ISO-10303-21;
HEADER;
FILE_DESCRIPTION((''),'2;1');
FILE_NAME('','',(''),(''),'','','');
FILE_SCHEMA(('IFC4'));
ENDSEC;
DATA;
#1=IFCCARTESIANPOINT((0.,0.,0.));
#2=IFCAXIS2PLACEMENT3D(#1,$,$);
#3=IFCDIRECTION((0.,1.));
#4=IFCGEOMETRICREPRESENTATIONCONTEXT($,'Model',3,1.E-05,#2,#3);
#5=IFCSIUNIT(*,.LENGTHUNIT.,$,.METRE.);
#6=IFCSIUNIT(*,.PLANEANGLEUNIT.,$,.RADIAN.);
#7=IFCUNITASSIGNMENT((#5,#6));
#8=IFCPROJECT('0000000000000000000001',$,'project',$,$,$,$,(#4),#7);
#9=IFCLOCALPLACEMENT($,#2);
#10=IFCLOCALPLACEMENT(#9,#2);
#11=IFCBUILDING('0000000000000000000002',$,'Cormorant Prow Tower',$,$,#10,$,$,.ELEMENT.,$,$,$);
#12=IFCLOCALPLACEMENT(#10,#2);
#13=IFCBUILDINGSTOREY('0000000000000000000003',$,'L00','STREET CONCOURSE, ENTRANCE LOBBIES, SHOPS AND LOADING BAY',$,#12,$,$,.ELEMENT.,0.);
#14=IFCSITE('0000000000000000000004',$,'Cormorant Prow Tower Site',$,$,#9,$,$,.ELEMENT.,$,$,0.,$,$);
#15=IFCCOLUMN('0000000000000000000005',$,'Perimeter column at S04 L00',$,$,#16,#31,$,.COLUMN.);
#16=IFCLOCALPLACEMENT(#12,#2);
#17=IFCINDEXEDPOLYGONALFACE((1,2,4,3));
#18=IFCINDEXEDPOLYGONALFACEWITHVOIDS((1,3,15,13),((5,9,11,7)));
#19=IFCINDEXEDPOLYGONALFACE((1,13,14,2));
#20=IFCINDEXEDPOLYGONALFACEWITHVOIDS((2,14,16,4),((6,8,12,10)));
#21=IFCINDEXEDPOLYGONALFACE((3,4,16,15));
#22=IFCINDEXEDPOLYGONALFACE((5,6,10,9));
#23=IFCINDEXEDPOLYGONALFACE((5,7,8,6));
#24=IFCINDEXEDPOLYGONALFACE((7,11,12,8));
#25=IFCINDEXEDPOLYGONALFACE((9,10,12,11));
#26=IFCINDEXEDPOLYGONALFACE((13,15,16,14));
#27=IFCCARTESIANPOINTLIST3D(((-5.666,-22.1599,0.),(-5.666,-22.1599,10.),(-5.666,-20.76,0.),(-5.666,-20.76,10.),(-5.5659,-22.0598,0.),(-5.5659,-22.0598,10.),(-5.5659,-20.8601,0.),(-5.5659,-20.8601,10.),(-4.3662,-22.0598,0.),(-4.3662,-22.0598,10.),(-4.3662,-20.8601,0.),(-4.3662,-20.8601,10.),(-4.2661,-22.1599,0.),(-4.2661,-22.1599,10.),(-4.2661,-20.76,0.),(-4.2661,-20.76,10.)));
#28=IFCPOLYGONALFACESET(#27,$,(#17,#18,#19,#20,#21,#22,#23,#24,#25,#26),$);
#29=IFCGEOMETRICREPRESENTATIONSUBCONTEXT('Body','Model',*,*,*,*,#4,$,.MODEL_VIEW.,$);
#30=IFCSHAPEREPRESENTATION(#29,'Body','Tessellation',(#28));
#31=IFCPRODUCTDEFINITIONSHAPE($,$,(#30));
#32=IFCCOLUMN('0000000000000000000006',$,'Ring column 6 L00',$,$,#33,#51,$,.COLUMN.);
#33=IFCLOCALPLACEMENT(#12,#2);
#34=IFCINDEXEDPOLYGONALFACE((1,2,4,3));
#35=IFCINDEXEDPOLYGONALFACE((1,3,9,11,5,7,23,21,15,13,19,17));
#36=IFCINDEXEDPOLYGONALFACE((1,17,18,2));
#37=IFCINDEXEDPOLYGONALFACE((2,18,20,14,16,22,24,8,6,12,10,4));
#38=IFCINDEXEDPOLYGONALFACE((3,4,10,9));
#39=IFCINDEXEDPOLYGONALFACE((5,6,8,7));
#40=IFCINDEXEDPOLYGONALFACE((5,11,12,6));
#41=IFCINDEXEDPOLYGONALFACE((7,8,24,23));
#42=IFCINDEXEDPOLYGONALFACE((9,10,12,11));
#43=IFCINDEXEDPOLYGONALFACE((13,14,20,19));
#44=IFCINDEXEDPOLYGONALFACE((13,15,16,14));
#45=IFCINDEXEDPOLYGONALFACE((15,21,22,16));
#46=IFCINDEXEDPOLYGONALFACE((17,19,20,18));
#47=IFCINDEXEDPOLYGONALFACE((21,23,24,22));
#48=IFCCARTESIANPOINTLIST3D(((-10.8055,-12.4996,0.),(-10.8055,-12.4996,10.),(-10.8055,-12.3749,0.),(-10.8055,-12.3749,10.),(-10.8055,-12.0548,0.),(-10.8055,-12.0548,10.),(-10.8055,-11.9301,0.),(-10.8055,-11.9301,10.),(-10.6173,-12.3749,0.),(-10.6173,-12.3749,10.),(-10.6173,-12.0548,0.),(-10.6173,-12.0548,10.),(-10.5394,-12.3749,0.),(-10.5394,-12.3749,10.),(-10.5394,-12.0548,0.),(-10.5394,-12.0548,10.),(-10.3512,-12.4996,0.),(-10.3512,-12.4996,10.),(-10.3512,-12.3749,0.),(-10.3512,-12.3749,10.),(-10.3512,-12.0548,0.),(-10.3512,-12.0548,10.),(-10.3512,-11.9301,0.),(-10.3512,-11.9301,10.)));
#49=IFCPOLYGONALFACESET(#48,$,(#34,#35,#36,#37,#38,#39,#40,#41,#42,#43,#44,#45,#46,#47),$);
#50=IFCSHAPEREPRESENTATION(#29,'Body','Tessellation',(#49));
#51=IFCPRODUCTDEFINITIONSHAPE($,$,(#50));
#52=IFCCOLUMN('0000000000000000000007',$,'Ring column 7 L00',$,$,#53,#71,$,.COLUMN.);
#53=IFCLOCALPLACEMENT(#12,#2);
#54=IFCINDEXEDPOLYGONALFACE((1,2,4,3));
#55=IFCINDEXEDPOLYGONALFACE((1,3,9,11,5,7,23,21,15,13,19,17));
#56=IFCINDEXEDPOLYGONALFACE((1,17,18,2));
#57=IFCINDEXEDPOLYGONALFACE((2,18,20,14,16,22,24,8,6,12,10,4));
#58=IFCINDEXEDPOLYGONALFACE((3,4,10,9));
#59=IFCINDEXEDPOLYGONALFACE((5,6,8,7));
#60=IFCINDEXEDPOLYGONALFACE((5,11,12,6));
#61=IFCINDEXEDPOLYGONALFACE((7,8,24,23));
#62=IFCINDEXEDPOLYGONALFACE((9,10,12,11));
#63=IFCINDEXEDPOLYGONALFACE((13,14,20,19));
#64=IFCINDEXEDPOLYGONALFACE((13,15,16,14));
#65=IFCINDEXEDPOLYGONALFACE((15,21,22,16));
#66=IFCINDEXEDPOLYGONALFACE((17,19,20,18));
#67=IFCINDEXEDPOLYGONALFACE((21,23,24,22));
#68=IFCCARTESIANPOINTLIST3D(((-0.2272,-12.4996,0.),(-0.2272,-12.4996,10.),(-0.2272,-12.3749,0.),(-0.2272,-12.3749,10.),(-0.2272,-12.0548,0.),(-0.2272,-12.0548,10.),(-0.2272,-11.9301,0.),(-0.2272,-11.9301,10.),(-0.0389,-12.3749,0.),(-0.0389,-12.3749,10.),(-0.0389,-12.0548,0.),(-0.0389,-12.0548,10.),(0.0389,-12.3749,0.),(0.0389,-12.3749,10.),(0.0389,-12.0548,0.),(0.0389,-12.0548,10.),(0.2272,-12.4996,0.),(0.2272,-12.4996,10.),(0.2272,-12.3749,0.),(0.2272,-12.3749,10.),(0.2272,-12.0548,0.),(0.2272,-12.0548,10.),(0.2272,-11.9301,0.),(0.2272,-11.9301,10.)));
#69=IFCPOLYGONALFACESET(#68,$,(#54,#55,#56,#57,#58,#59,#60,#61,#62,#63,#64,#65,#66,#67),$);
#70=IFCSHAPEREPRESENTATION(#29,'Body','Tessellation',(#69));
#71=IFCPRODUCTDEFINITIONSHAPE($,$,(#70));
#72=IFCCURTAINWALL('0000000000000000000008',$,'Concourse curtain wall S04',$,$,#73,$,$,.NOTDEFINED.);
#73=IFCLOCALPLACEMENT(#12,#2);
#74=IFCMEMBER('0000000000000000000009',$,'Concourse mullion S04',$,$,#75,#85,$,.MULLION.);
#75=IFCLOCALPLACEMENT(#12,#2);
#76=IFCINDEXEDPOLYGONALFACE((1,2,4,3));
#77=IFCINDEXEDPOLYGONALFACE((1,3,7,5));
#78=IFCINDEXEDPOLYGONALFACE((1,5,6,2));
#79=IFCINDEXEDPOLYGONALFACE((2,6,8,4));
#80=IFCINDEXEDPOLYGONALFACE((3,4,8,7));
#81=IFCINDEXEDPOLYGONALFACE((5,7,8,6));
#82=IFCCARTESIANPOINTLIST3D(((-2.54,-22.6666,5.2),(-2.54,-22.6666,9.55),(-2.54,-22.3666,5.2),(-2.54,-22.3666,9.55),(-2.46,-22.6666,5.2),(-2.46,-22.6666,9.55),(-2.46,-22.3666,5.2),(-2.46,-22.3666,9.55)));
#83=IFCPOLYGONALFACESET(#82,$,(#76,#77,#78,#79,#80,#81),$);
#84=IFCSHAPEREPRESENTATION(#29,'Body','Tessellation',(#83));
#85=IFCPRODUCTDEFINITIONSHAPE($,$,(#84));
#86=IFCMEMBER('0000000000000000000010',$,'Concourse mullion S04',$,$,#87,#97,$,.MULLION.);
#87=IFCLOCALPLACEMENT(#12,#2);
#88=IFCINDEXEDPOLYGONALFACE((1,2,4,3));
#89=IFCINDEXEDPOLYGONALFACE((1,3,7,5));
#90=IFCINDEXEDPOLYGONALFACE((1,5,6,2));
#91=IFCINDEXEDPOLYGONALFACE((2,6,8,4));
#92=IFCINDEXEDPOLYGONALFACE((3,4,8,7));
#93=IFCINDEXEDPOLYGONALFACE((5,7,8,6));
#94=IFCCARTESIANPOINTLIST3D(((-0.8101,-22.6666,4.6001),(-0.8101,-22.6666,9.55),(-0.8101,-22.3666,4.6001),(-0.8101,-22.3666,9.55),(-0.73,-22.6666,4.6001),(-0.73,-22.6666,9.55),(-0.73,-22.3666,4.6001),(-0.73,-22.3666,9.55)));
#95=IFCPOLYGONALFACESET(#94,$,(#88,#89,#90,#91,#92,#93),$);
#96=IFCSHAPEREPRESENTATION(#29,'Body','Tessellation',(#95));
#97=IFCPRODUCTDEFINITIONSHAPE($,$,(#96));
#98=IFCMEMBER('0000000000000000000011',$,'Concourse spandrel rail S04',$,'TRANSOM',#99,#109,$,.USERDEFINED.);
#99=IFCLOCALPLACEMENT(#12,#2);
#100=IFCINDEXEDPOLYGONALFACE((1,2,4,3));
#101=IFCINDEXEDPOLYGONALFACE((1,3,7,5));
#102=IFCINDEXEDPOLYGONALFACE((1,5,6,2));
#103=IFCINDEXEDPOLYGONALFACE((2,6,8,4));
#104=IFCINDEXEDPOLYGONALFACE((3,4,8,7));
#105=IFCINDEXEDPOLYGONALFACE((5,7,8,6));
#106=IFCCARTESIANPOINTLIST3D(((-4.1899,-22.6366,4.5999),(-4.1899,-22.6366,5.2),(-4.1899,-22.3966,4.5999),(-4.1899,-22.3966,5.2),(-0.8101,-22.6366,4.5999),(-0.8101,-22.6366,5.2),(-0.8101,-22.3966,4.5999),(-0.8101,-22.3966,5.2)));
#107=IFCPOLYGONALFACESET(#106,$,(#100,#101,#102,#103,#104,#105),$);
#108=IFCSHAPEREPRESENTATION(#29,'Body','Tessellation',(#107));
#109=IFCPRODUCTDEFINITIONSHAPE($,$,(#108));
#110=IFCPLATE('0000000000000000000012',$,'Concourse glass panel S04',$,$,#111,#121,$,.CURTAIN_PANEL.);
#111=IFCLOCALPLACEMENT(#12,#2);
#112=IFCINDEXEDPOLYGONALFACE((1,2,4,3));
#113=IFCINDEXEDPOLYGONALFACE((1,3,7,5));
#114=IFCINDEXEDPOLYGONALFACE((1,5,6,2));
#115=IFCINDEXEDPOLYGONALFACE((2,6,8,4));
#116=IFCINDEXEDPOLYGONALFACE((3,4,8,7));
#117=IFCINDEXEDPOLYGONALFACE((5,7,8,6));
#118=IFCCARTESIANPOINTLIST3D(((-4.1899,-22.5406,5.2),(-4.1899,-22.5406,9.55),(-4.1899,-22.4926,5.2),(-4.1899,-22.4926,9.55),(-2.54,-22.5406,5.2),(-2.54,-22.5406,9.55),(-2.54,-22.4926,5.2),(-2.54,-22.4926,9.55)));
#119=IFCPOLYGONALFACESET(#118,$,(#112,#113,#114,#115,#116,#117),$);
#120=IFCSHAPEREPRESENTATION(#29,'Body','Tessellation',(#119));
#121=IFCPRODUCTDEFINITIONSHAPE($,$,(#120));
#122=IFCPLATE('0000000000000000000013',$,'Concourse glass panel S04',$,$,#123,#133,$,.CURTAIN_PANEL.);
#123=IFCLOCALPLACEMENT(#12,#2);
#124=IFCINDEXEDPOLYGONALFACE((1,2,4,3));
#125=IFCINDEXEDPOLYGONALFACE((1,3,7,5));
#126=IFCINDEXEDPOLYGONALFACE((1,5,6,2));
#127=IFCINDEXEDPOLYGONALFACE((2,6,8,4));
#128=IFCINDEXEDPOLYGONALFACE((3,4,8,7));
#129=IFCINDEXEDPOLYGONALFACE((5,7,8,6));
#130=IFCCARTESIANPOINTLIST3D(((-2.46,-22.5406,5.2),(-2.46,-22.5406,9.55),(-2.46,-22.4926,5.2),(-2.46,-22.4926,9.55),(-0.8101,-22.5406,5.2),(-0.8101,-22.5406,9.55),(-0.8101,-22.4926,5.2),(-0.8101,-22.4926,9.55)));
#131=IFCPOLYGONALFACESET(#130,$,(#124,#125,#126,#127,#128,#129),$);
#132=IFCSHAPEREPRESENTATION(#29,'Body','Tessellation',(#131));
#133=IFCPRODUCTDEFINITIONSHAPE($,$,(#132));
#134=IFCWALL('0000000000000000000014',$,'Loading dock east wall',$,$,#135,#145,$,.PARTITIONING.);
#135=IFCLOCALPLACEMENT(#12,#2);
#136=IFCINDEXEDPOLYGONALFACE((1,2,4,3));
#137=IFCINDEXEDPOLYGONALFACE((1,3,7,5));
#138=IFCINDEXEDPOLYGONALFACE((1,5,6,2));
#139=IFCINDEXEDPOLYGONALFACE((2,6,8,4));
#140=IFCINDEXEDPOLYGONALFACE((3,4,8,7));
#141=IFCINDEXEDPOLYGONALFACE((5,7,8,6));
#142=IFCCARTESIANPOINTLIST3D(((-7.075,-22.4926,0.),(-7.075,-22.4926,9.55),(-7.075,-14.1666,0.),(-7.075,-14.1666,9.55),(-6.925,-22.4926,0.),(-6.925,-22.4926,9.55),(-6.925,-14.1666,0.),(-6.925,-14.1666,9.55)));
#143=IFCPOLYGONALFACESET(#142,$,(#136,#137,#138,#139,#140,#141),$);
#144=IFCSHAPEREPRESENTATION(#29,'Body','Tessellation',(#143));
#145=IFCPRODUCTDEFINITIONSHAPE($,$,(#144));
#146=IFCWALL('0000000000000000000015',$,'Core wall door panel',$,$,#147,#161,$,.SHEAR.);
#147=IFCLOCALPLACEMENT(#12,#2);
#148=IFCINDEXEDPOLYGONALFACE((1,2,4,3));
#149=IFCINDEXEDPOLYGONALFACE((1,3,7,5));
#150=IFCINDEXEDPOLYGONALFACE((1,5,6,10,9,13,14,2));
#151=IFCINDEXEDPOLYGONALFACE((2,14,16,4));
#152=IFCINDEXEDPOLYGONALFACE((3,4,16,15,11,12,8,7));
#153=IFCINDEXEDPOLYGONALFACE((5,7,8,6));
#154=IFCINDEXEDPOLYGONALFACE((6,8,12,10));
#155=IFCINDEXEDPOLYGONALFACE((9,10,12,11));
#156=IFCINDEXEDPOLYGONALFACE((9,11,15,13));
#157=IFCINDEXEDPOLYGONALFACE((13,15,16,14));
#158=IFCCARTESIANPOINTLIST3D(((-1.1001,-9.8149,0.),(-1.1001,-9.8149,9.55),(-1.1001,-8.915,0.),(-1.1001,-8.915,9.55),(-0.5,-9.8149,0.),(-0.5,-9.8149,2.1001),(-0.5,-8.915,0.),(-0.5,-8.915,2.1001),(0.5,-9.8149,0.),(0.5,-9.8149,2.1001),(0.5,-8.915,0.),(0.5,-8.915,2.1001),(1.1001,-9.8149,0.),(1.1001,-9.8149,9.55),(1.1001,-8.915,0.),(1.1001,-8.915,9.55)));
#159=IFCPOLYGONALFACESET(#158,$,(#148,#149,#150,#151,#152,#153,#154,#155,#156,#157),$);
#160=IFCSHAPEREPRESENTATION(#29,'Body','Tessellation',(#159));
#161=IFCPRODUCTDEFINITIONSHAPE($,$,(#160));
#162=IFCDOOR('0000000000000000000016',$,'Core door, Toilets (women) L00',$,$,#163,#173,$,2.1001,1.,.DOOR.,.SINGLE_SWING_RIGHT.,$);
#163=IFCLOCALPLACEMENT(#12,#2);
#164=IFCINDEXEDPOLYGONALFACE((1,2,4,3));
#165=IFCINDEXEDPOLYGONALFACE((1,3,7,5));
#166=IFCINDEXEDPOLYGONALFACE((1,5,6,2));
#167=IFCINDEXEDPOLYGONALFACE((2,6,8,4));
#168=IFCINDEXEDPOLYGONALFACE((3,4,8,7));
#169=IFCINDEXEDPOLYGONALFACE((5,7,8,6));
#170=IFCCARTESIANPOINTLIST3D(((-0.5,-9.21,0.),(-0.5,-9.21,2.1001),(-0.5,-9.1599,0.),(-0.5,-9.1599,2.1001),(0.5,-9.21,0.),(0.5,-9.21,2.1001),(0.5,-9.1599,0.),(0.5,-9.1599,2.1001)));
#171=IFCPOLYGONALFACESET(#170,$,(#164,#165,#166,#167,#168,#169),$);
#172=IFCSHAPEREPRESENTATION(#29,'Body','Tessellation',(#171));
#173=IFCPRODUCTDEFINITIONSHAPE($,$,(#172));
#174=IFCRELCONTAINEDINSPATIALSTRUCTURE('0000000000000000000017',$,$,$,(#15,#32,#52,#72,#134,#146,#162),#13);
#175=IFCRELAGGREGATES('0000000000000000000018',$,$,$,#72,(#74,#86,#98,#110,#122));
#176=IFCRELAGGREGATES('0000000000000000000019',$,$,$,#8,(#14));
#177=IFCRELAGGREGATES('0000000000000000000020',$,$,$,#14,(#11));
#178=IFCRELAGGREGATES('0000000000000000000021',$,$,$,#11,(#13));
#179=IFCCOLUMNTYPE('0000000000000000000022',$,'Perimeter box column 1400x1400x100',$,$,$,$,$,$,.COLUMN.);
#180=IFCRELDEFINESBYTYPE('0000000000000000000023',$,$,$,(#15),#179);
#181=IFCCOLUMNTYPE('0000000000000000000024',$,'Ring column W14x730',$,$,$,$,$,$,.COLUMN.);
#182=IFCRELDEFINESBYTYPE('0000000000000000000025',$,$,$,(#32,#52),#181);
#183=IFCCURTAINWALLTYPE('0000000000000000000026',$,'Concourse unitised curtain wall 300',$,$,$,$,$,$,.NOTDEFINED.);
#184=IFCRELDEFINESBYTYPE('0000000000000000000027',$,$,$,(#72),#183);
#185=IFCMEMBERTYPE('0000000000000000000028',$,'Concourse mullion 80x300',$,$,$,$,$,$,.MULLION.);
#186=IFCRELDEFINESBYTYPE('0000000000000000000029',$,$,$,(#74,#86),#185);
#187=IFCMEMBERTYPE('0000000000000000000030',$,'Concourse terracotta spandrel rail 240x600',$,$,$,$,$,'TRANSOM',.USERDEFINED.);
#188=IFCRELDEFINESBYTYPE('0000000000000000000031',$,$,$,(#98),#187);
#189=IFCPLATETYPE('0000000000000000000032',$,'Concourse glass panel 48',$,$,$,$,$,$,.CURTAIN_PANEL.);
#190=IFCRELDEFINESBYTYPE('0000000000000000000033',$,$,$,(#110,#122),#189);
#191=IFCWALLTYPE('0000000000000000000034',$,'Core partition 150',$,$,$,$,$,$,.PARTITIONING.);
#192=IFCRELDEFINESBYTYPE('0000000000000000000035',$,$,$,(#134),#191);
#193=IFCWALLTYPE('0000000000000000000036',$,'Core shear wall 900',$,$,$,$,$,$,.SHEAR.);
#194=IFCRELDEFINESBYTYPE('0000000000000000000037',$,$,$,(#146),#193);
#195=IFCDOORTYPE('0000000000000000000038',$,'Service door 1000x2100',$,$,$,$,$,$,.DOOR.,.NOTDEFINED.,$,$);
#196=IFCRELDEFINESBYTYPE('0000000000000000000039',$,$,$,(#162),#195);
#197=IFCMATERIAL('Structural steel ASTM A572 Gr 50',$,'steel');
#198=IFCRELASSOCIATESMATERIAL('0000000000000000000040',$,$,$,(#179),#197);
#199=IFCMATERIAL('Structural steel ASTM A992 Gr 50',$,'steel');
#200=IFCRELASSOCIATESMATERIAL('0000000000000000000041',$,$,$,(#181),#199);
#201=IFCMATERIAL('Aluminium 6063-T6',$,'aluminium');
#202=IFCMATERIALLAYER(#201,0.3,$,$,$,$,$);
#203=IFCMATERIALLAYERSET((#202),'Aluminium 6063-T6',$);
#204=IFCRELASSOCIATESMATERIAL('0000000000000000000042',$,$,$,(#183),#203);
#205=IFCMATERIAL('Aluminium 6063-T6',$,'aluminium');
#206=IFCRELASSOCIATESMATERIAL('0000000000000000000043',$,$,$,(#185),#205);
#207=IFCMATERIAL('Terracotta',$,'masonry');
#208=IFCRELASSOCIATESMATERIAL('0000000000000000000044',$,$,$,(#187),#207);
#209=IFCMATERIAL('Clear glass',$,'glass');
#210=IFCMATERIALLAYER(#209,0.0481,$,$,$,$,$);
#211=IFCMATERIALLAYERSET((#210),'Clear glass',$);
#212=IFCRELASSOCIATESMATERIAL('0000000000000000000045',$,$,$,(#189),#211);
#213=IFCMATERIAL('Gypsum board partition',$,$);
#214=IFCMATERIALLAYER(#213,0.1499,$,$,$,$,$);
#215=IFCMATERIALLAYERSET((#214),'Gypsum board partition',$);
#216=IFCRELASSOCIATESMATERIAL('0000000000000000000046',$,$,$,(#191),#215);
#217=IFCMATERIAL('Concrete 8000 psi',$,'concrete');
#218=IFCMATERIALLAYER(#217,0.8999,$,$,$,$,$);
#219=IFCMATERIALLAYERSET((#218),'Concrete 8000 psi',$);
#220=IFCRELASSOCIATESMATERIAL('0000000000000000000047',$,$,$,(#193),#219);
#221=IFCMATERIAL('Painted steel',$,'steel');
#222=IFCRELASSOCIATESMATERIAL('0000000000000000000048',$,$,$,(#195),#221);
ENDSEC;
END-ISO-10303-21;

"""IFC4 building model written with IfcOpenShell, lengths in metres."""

from ifc_helpers import new_model, si_unit, direction, frame, frame_2d, origin, origin_2d, place, context, subcontext, project, spatial, rectangle, hollow_rectangle, i_section, extrude, material, layer, layer_set, material_profile, profile_set, type_object, element, fill, aggregate, save


model = new_model("IFC4")

# Units and contexts
model_context = context("Model", 3, precision=1e-05, world=origin(), true_north=direction((0.0, 1.0)))
body_context = subcontext(model_context, "Body", "Model", "MODEL_VIEW")
ifc_project = project(units=[si_unit("LENGTHUNIT", "METRE"), si_unit("PLANEANGLEUNIT", "RADIAN")], contexts=[model_context])

# Site, building, storey
site_placement = place(None, origin())
site = spatial("IfcSite", under=ifc_project, at=site_placement, Name="Cormorant Prow Tower Site", CompositionType="ELEMENT", RefElevation=0.0)
building_placement = place(site_placement, origin())
building = spatial("IfcBuilding", under=site, at=building_placement, Name="Cormorant Prow Tower", CompositionType="ELEMENT")
storey_placement = place(building_placement, origin())
storey = spatial("IfcBuildingStorey", under=building, at=storey_placement, Name="L00", Description="STREET CONCOURSE, ENTRANCE LOBBIES, SHOPS AND LOADING BAY", CompositionType="ELEMENT", Elevation=0.0)

# Columns
ifc_material_1 = material(Name="Structural steel ASTM A572 Gr 50", Category="steel")
ifc_material_profile_1 = material_profile(ifc_material_1, hollow_rectangle(XDim=1.3999, YDim=1.3999, WallThickness=0.1001, at=origin_2d()), Name="Box 1400x1400x100")
ifc_profile_set_1 = profile_set([ifc_material_profile_1], Name="Structural steel ASTM A572 Gr 50")
column_type_1 = type_object("IfcColumnType", Name="Perimeter box column 1400x1400x100", PredefinedType="COLUMN", material=ifc_profile_set_1)
column_placement = place(storey_placement, frame((-4.9661, -21.46, 0.0), z_axis=(0.0, 0.0, 1.0), x_axis=(1.0, 0.0, 0.0)))
element("IfcColumn", 1, at=column_placement, inside=storey, type_object=column_type_1, Name="Perimeter column at S04 L00", PredefinedType="COLUMN", context=body_context, shape_type="SweptSolid", body=[
    extrude(hollow_rectangle(XDim=1.3999, YDim=1.3999, WallThickness=0.1001, at=origin_2d()), origin(), (0.0, 0.0, 1.0), 10.0),
])
ifc_material_2 = material(Name="Structural steel ASTM A992 Gr 50", Category="steel")
ifc_material_profile_2 = material_profile(ifc_material_2, i_section(OverallWidth=0.4543, OverallDepth=0.5696, WebThickness=0.0779, FlangeThickness=0.1248, at=origin_2d()), Name="W14x730")
ifc_profile_set_2 = profile_set([ifc_material_profile_2], Name="Structural steel ASTM A992 Gr 50")
column_type_2 = type_object("IfcColumnType", Name="Ring column W14x730", PredefinedType="COLUMN", material=ifc_profile_set_2)
for number, where, z_axis, x_axis, name in (
    (2, (-10.5784, -12.2148, 0.0), (0.0, 0.0, 1.0), (1.0, 0.0, 0.0), "Ring column 6 L00"),
    (3, (0.0, -12.2148, 0.0), (0.0, 0.0, 1.0), (1.0, 0.0, 0.0), "Ring column 7 L00"),
):
    element("IfcColumn", number, at=place(storey_placement, frame(where, z_axis=z_axis, x_axis=x_axis)), inside=storey, type_object=column_type_2, Name=name, PredefinedType="COLUMN", context=body_context, shape_type="SweptSolid", body=[
        extrude(i_section(OverallWidth=0.4543, OverallDepth=0.5696, WebThickness=0.0779, FlangeThickness=0.1248, at=origin_2d()), origin(), (0.0, 0.0, 1.0), 10.0),
    ])

# Curtain wall, members, plates
ifc_material_3 = material(Name="Aluminium 6063-T6", Category="aluminium")
ifc_layer_1 = layer(ifc_material_3, 0.3)
ifc_layer_set_1 = layer_set([ifc_layer_1], Name="Aluminium 6063-T6")
curtain_wall_type = type_object("IfcCurtainWallType", Name="Concourse unitised curtain wall 300", PredefinedType="NOTDEFINED", material=ifc_layer_set_1)
curtain_wall_placement = place(storey_placement, origin())
curtain_wall = element("IfcCurtainWall", 4, at=curtain_wall_placement, inside=storey, type_object=curtain_wall_type, Name="Concourse curtain wall S04", PredefinedType="NOTDEFINED")
ifc_material_4 = material(Name="Aluminium 6063-T6", Category="aluminium")
ifc_material_profile_3 = material_profile(ifc_material_4, rectangle(XDim=0.3, YDim=0.0801, at=origin_2d()), Name="Concourse mullion 80x300")
ifc_profile_set_3 = profile_set([ifc_material_profile_3], Name="Aluminium 6063-T6")
member_type_1 = type_object("IfcMemberType", Name="Concourse mullion 80x300", PredefinedType="MULLION", material=ifc_profile_set_3)
member_1_placement = place(storey_placement, frame((-2.5, -22.5166, 5.2), z_axis=(0.0, 0.0, 1.0), x_axis=(0.0, 1.0, 0.0)))
member_1 = element("IfcMember", 5, at=member_1_placement, type_object=member_type_1, Name="Concourse mullion S04", PredefinedType="MULLION", context=body_context, shape_type="SweptSolid", body=[
    extrude(rectangle(XDim=0.3, YDim=0.0801, at=origin_2d()), origin(), (0.0, 0.0, 1.0), 4.3501),
])
member_2_placement = place(storey_placement, frame((-0.77, -22.5166, 4.6001), z_axis=(0.0, 0.0, 1.0), x_axis=(0.0, 1.0, 0.0)))
member_2 = element("IfcMember", 6, at=member_2_placement, type_object=member_type_1, Name="Concourse mullion S04", PredefinedType="MULLION", context=body_context, shape_type="SweptSolid", body=[
    extrude(rectangle(XDim=0.3, YDim=0.0801, at=origin_2d()), origin(), (0.0, 0.0, 1.0), 4.95),
])
ifc_material_5 = material(Name="Terracotta", Category="masonry")
ifc_material_profile_4 = material_profile(ifc_material_5, rectangle(XDim=0.24, YDim=0.6001, at=origin_2d()), Name="Concourse terracotta spandrel rail 240x600")
ifc_profile_set_4 = profile_set([ifc_material_profile_4], Name="Terracotta")
member_type_2 = type_object("IfcMemberType", Name="Concourse terracotta spandrel rail 240x600", ElementType="TRANSOM", PredefinedType="USERDEFINED", material=ifc_profile_set_4)
member_3_placement = place(storey_placement, frame((-4.1899, -22.5166, 4.8999), z_axis=(1.0, 0.0, 0.0), x_axis=(0.0, 1.0, 0.0)))
member_3 = element("IfcMember", 7, at=member_3_placement, type_object=member_type_2, Name="Concourse spandrel rail S04", ObjectType="TRANSOM", PredefinedType="USERDEFINED", context=body_context, shape_type="SweptSolid", body=[
    extrude(rectangle(XDim=0.24, YDim=0.6001, at=origin_2d()), origin(), (0.0, 0.0, 1.0), 3.3799),
])
ifc_material_6 = material(Name="Clear glass", Category="glass")
ifc_layer_2 = layer(ifc_material_6, 0.0481)
ifc_layer_set_2 = layer_set([ifc_layer_2], Name="Clear glass")
plate_type = type_object("IfcPlateType", Name="Concourse glass panel 48", PredefinedType="CURTAIN_PANEL", material=ifc_layer_set_2)
plate_1_placement = place(storey_placement, frame((-3.365, -22.5166, 5.2), z_axis=(0.0, 0.0, 1.0), x_axis=(1.0, 0.0, 0.0)))
plate_1 = element("IfcPlate", 8, at=plate_1_placement, type_object=plate_type, Name="Concourse glass panel S04", PredefinedType="CURTAIN_PANEL", context=body_context, shape_type="SweptSolid", body=[
    extrude(rectangle(XDim=1.6499, YDim=0.0481, at=origin_2d()), origin(), (0.0, 0.0, 1.0), 4.3501),
])
plate_2_placement = place(storey_placement, frame((-1.635, -22.5166, 5.2), z_axis=(0.0, 0.0, 1.0), x_axis=(1.0, 0.0, 0.0)))
plate_2 = element("IfcPlate", 9, at=plate_2_placement, type_object=plate_type, Name="Concourse glass panel S04", PredefinedType="CURTAIN_PANEL", context=body_context, shape_type="SweptSolid", body=[
    extrude(rectangle(XDim=1.6499, YDim=0.0481, at=origin_2d()), origin(), (0.0, 0.0, 1.0), 4.3501),
])
aggregate(curtain_wall, [member_1, member_2, member_3, plate_1, plate_2])

# Wall
ifc_material_7 = material(Name="Gypsum board partition")
ifc_layer_3 = layer(ifc_material_7, 0.1499)
ifc_layer_set_3 = layer_set([ifc_layer_3], Name="Gypsum board partition")
wall_type_1 = type_object("IfcWallType", Name="Core partition 150", PredefinedType="PARTITIONING", material=ifc_layer_set_3)
wall_1_placement = place(storey_placement, frame((-7.0, -22.4927, 0.0), z_axis=(0.0, 0.0, 1.0), x_axis=(0.0, 1.0, 0.0)))
element("IfcWall", 10, at=wall_1_placement, inside=storey, type_object=wall_type_1, Name="Loading dock east wall", PredefinedType="PARTITIONING", context=body_context, shape_type="SweptSolid", body=[
    extrude(rectangle(XDim=8.3259, YDim=0.1499, at=frame_2d((4.1631, 0.0))), origin(), (0.0, 0.0, 1.0), 9.55),
])

# Wall, opening, door
ifc_material_8 = material(Name="Concrete 8000 psi", Category="concrete")
ifc_layer_4 = layer(ifc_material_8, 0.8999)
ifc_layer_set_4 = layer_set([ifc_layer_4], Name="Concrete 8000 psi")
wall_type_2 = type_object("IfcWallType", Name="Core shear wall 900", PredefinedType="SHEAR", material=ifc_layer_set_4)
wall_2_placement = place(storey_placement, frame((-1.1001, -9.365, 0.0), z_axis=(0.0, 0.0, 1.0), x_axis=(1.0, 0.0, 0.0)))
wall_2 = element("IfcWall", 11, at=wall_2_placement, inside=storey, type_object=wall_type_2, Name="Core wall door panel", PredefinedType="SHEAR", context=body_context, shape_type="SweptSolid", body=[
    extrude(rectangle(XDim=2.2002, YDim=0.8999, at=frame_2d((1.1001, 0.0))), origin(), (0.0, 0.0, 1.0), 9.55),
])
opening_1_placement = place(wall_2_placement, frame((0.6001, 0.0, 0.0)))
opening_1 = element("IfcOpeningElement", 12, at=opening_1_placement, cuts=wall_2, PredefinedType="OPENING", context=body_context, shape_type="SweptSolid", body=[
    extrude(rectangle(XDim=1.0, YDim=2.1001, at=frame_2d((0.5, 1.05))), frame((0.0, 0.46, 0.0), z_axis=(0.0, -1.0, 0.0), x_axis=(1.0, 0.0, 0.0)), (0.0, 0.0, 1.0), 0.9199),
])
ifc_material_9 = material(Name="Painted steel", Category="steel")
door_type_1 = type_object("IfcDoorType", Name="Service door 1000x2100", OperationType="NOTDEFINED", PredefinedType="DOOR", material=ifc_material_9)
door_1_placement = place(opening_1_placement, origin())
door_1 = element("IfcDoor", 13, at=door_1_placement, inside=storey, type_object=door_type_1, Name="Core door, Toilets (women) L00", OperationType="SINGLE_SWING_RIGHT", OverallHeight=2.1001, OverallWidth=1.0, PredefinedType="DOOR", context=body_context, shape_type="SweptSolid", body=[
    extrude(rectangle(XDim=1.0, YDim=2.1001, at=frame_2d((0.5, 1.05))), frame((0.0, 0.2051, 0.0), z_axis=(0.0, -1.0, 0.0), x_axis=(1.0, 0.0, 0.0)), (0.0, 0.0, 1.0), 0.05),
])
fill(opening_1, door_1)

save(model, "model.ifc")
